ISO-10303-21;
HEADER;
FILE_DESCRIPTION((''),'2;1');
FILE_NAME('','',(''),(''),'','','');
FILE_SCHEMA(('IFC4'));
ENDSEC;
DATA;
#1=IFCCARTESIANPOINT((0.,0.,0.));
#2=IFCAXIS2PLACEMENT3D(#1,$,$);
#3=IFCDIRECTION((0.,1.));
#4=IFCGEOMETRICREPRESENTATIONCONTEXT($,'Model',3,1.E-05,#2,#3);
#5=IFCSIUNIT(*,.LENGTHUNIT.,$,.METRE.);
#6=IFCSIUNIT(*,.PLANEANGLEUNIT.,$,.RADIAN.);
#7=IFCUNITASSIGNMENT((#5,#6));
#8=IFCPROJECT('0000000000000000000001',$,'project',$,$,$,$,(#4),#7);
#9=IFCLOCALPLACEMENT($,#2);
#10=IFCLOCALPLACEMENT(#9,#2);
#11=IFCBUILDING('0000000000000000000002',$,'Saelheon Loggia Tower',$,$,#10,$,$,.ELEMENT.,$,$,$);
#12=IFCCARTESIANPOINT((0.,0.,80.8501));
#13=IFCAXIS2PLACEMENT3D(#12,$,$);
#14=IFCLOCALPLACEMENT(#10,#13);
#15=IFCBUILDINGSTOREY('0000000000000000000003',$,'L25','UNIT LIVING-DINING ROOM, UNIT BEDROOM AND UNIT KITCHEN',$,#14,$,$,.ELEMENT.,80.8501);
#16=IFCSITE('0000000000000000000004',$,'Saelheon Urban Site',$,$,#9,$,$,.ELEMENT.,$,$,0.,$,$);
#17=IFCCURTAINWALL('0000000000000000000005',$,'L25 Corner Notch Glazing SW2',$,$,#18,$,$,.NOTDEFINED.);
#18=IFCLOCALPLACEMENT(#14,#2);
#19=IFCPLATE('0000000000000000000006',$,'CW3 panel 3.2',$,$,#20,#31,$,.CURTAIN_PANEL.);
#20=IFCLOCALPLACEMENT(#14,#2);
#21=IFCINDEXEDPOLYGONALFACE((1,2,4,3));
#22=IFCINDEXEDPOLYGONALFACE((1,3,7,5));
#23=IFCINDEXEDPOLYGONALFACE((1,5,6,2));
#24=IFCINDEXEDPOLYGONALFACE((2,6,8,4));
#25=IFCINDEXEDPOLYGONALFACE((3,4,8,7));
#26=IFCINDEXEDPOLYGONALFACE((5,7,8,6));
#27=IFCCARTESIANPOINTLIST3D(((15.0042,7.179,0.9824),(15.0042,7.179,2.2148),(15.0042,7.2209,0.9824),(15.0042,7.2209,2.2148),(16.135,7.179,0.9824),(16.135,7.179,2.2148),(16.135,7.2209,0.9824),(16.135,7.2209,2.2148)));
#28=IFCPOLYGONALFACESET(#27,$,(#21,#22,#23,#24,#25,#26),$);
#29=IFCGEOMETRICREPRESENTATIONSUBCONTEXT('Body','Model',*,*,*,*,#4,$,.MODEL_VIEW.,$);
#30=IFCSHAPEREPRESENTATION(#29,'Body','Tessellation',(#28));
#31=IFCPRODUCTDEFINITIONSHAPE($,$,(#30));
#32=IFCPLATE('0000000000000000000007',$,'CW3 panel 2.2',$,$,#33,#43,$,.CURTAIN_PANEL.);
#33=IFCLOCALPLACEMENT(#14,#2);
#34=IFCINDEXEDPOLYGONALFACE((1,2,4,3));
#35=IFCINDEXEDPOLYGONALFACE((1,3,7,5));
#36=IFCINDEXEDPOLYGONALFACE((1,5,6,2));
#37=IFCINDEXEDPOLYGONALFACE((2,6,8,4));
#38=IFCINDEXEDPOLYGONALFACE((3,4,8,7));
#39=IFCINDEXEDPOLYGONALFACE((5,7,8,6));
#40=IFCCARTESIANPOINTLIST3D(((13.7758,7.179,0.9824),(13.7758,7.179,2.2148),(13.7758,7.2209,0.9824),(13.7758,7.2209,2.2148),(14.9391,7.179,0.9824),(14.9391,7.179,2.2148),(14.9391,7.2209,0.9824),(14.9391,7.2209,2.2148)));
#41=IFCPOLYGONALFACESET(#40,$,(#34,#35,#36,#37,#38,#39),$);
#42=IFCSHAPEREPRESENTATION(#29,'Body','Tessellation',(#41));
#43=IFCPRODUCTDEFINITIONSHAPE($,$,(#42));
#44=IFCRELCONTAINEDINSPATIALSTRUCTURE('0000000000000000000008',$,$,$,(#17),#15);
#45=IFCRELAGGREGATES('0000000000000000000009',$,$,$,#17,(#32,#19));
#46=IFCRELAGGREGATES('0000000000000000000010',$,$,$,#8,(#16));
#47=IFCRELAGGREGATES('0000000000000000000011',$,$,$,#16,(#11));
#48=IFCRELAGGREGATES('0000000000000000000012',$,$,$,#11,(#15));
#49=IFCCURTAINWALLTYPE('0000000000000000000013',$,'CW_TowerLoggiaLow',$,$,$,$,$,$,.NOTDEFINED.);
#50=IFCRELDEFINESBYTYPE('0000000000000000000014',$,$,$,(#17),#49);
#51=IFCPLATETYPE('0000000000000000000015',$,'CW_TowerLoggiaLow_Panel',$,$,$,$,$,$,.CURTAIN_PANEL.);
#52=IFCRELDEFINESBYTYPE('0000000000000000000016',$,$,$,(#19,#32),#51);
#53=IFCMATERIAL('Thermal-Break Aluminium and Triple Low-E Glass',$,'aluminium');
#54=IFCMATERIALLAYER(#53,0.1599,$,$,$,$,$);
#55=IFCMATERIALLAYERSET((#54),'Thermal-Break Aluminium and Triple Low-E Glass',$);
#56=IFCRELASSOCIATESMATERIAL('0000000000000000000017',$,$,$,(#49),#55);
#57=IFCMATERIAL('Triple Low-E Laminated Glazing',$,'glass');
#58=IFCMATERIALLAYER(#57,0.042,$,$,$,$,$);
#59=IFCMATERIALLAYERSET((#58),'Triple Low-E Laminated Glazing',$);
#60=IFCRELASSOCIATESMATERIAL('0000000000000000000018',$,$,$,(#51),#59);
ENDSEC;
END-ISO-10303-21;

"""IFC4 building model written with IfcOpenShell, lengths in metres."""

from ifc_helpers import new_model, si_unit, direction, frame, origin, origin_2d, place, context, subcontext, project, spatial, rectangle, extrude, source, transform, mapped, material, layer, layer_set, type_object, element, aggregate, save


model = new_model("IFC4")

# Units and contexts
model_context = context("Model", 3, precision=1e-05, world=origin(), true_north=direction((0.0, 1.0)))
body_context = subcontext(model_context, "Body", "Model", "MODEL_VIEW")
ifc_project = project(units=[si_unit("LENGTHUNIT", "METRE"), si_unit("PLANEANGLEUNIT", "RADIAN")], contexts=[model_context])

# Site, building, storey
site_placement = place(None, origin())
site = spatial("IfcSite", under=ifc_project, at=site_placement, Name="Saelheon Urban Site", CompositionType="ELEMENT", RefElevation=0.0)
building_placement = place(site_placement, origin())
building = spatial("IfcBuilding", under=site, at=building_placement, Name="Saelheon Loggia Tower", CompositionType="ELEMENT")
storey_placement = place(building_placement, frame((0.0, 0.0, 80.8501)))
storey = spatial("IfcBuildingStorey", under=building, at=storey_placement, Name="L25", Description="UNIT LIVING-DINING ROOM, UNIT BEDROOM AND UNIT KITCHEN", CompositionType="ELEMENT", Elevation=80.8501)

# Curtain wall, plates
ifc_material_1 = material(Name="Thermal-Break Aluminium and Triple Low-E Glass", Category="aluminium")
ifc_layer_1 = layer(ifc_material_1, 0.1599)
ifc_layer_set_1 = layer_set([ifc_layer_1], Name="Thermal-Break Aluminium and Triple Low-E Glass")
curtain_wall_type = type_object("IfcCurtainWallType", Name="CW_TowerLoggiaLow", PredefinedType="NOTDEFINED", material=ifc_layer_set_1)
curtain_wall_placement = place(storey_placement, origin())
curtain_wall = element("IfcCurtainWall", 1, at=curtain_wall_placement, inside=storey, type_object=curtain_wall_type, Name="L25 Corner Notch Glazing SW2", PredefinedType="NOTDEFINED")
ifc_material_2 = material(Name="Triple Low-E Laminated Glazing", Category="glass")
ifc_layer_2 = layer(ifc_material_2, 0.042)
ifc_layer_set_2 = layer_set([ifc_layer_2], Name="Triple Low-E Laminated Glazing")
plate_type = type_object("IfcPlateType", Name="CW_TowerLoggiaLow_Panel", PredefinedType="CURTAIN_PANEL", material=ifc_layer_set_2)
shared_shape_1 = source(origin(), body_context, "Body", "SweptSolid", [
    extrude(rectangle(XDim=1.1309, YDim=0.042, at=origin_2d()), origin(), (0.0, 0.0, 1.0), 1.2324),
])
plate_1_placement = place(storey_placement, frame((15.5696, 7.2, 0.9824), z_axis=(0.0, 0.0, 1.0), x_axis=(1.0, 0.0, 0.0)))
plate_1 = element("IfcPlate", 2, at=plate_1_placement, type_object=plate_type, Name="CW3 panel 3.2", PredefinedType="CURTAIN_PANEL", context=body_context, shape_type="MappedRepresentation", body=[
    mapped(shared_shape_1, transform((0.0, 0.0, 0.0), scale=1.0)),
])
shared_shape_2 = source(origin(), body_context, "Body", "SweptSolid", [
    extrude(rectangle(XDim=1.1633, YDim=0.042, at=origin_2d()), origin(), (0.0, 0.0, 1.0), 1.2324),
])
plate_2_placement = place(storey_placement, frame((14.3574, 7.2, 0.9824), z_axis=(0.0, 0.0, 1.0), x_axis=(1.0, 0.0, 0.0)))
plate_2 = element("IfcPlate", 3, at=plate_2_placement, type_object=plate_type, Name="CW3 panel 2.2", PredefinedType="CURTAIN_PANEL", context=body_context, shape_type="MappedRepresentation", body=[
    mapped(shared_shape_2, transform((0.0, 0.0, 0.0), scale=1.0)),
])
aggregate(curtain_wall, [plate_2, plate_1])

save(model, "model.ifc")
